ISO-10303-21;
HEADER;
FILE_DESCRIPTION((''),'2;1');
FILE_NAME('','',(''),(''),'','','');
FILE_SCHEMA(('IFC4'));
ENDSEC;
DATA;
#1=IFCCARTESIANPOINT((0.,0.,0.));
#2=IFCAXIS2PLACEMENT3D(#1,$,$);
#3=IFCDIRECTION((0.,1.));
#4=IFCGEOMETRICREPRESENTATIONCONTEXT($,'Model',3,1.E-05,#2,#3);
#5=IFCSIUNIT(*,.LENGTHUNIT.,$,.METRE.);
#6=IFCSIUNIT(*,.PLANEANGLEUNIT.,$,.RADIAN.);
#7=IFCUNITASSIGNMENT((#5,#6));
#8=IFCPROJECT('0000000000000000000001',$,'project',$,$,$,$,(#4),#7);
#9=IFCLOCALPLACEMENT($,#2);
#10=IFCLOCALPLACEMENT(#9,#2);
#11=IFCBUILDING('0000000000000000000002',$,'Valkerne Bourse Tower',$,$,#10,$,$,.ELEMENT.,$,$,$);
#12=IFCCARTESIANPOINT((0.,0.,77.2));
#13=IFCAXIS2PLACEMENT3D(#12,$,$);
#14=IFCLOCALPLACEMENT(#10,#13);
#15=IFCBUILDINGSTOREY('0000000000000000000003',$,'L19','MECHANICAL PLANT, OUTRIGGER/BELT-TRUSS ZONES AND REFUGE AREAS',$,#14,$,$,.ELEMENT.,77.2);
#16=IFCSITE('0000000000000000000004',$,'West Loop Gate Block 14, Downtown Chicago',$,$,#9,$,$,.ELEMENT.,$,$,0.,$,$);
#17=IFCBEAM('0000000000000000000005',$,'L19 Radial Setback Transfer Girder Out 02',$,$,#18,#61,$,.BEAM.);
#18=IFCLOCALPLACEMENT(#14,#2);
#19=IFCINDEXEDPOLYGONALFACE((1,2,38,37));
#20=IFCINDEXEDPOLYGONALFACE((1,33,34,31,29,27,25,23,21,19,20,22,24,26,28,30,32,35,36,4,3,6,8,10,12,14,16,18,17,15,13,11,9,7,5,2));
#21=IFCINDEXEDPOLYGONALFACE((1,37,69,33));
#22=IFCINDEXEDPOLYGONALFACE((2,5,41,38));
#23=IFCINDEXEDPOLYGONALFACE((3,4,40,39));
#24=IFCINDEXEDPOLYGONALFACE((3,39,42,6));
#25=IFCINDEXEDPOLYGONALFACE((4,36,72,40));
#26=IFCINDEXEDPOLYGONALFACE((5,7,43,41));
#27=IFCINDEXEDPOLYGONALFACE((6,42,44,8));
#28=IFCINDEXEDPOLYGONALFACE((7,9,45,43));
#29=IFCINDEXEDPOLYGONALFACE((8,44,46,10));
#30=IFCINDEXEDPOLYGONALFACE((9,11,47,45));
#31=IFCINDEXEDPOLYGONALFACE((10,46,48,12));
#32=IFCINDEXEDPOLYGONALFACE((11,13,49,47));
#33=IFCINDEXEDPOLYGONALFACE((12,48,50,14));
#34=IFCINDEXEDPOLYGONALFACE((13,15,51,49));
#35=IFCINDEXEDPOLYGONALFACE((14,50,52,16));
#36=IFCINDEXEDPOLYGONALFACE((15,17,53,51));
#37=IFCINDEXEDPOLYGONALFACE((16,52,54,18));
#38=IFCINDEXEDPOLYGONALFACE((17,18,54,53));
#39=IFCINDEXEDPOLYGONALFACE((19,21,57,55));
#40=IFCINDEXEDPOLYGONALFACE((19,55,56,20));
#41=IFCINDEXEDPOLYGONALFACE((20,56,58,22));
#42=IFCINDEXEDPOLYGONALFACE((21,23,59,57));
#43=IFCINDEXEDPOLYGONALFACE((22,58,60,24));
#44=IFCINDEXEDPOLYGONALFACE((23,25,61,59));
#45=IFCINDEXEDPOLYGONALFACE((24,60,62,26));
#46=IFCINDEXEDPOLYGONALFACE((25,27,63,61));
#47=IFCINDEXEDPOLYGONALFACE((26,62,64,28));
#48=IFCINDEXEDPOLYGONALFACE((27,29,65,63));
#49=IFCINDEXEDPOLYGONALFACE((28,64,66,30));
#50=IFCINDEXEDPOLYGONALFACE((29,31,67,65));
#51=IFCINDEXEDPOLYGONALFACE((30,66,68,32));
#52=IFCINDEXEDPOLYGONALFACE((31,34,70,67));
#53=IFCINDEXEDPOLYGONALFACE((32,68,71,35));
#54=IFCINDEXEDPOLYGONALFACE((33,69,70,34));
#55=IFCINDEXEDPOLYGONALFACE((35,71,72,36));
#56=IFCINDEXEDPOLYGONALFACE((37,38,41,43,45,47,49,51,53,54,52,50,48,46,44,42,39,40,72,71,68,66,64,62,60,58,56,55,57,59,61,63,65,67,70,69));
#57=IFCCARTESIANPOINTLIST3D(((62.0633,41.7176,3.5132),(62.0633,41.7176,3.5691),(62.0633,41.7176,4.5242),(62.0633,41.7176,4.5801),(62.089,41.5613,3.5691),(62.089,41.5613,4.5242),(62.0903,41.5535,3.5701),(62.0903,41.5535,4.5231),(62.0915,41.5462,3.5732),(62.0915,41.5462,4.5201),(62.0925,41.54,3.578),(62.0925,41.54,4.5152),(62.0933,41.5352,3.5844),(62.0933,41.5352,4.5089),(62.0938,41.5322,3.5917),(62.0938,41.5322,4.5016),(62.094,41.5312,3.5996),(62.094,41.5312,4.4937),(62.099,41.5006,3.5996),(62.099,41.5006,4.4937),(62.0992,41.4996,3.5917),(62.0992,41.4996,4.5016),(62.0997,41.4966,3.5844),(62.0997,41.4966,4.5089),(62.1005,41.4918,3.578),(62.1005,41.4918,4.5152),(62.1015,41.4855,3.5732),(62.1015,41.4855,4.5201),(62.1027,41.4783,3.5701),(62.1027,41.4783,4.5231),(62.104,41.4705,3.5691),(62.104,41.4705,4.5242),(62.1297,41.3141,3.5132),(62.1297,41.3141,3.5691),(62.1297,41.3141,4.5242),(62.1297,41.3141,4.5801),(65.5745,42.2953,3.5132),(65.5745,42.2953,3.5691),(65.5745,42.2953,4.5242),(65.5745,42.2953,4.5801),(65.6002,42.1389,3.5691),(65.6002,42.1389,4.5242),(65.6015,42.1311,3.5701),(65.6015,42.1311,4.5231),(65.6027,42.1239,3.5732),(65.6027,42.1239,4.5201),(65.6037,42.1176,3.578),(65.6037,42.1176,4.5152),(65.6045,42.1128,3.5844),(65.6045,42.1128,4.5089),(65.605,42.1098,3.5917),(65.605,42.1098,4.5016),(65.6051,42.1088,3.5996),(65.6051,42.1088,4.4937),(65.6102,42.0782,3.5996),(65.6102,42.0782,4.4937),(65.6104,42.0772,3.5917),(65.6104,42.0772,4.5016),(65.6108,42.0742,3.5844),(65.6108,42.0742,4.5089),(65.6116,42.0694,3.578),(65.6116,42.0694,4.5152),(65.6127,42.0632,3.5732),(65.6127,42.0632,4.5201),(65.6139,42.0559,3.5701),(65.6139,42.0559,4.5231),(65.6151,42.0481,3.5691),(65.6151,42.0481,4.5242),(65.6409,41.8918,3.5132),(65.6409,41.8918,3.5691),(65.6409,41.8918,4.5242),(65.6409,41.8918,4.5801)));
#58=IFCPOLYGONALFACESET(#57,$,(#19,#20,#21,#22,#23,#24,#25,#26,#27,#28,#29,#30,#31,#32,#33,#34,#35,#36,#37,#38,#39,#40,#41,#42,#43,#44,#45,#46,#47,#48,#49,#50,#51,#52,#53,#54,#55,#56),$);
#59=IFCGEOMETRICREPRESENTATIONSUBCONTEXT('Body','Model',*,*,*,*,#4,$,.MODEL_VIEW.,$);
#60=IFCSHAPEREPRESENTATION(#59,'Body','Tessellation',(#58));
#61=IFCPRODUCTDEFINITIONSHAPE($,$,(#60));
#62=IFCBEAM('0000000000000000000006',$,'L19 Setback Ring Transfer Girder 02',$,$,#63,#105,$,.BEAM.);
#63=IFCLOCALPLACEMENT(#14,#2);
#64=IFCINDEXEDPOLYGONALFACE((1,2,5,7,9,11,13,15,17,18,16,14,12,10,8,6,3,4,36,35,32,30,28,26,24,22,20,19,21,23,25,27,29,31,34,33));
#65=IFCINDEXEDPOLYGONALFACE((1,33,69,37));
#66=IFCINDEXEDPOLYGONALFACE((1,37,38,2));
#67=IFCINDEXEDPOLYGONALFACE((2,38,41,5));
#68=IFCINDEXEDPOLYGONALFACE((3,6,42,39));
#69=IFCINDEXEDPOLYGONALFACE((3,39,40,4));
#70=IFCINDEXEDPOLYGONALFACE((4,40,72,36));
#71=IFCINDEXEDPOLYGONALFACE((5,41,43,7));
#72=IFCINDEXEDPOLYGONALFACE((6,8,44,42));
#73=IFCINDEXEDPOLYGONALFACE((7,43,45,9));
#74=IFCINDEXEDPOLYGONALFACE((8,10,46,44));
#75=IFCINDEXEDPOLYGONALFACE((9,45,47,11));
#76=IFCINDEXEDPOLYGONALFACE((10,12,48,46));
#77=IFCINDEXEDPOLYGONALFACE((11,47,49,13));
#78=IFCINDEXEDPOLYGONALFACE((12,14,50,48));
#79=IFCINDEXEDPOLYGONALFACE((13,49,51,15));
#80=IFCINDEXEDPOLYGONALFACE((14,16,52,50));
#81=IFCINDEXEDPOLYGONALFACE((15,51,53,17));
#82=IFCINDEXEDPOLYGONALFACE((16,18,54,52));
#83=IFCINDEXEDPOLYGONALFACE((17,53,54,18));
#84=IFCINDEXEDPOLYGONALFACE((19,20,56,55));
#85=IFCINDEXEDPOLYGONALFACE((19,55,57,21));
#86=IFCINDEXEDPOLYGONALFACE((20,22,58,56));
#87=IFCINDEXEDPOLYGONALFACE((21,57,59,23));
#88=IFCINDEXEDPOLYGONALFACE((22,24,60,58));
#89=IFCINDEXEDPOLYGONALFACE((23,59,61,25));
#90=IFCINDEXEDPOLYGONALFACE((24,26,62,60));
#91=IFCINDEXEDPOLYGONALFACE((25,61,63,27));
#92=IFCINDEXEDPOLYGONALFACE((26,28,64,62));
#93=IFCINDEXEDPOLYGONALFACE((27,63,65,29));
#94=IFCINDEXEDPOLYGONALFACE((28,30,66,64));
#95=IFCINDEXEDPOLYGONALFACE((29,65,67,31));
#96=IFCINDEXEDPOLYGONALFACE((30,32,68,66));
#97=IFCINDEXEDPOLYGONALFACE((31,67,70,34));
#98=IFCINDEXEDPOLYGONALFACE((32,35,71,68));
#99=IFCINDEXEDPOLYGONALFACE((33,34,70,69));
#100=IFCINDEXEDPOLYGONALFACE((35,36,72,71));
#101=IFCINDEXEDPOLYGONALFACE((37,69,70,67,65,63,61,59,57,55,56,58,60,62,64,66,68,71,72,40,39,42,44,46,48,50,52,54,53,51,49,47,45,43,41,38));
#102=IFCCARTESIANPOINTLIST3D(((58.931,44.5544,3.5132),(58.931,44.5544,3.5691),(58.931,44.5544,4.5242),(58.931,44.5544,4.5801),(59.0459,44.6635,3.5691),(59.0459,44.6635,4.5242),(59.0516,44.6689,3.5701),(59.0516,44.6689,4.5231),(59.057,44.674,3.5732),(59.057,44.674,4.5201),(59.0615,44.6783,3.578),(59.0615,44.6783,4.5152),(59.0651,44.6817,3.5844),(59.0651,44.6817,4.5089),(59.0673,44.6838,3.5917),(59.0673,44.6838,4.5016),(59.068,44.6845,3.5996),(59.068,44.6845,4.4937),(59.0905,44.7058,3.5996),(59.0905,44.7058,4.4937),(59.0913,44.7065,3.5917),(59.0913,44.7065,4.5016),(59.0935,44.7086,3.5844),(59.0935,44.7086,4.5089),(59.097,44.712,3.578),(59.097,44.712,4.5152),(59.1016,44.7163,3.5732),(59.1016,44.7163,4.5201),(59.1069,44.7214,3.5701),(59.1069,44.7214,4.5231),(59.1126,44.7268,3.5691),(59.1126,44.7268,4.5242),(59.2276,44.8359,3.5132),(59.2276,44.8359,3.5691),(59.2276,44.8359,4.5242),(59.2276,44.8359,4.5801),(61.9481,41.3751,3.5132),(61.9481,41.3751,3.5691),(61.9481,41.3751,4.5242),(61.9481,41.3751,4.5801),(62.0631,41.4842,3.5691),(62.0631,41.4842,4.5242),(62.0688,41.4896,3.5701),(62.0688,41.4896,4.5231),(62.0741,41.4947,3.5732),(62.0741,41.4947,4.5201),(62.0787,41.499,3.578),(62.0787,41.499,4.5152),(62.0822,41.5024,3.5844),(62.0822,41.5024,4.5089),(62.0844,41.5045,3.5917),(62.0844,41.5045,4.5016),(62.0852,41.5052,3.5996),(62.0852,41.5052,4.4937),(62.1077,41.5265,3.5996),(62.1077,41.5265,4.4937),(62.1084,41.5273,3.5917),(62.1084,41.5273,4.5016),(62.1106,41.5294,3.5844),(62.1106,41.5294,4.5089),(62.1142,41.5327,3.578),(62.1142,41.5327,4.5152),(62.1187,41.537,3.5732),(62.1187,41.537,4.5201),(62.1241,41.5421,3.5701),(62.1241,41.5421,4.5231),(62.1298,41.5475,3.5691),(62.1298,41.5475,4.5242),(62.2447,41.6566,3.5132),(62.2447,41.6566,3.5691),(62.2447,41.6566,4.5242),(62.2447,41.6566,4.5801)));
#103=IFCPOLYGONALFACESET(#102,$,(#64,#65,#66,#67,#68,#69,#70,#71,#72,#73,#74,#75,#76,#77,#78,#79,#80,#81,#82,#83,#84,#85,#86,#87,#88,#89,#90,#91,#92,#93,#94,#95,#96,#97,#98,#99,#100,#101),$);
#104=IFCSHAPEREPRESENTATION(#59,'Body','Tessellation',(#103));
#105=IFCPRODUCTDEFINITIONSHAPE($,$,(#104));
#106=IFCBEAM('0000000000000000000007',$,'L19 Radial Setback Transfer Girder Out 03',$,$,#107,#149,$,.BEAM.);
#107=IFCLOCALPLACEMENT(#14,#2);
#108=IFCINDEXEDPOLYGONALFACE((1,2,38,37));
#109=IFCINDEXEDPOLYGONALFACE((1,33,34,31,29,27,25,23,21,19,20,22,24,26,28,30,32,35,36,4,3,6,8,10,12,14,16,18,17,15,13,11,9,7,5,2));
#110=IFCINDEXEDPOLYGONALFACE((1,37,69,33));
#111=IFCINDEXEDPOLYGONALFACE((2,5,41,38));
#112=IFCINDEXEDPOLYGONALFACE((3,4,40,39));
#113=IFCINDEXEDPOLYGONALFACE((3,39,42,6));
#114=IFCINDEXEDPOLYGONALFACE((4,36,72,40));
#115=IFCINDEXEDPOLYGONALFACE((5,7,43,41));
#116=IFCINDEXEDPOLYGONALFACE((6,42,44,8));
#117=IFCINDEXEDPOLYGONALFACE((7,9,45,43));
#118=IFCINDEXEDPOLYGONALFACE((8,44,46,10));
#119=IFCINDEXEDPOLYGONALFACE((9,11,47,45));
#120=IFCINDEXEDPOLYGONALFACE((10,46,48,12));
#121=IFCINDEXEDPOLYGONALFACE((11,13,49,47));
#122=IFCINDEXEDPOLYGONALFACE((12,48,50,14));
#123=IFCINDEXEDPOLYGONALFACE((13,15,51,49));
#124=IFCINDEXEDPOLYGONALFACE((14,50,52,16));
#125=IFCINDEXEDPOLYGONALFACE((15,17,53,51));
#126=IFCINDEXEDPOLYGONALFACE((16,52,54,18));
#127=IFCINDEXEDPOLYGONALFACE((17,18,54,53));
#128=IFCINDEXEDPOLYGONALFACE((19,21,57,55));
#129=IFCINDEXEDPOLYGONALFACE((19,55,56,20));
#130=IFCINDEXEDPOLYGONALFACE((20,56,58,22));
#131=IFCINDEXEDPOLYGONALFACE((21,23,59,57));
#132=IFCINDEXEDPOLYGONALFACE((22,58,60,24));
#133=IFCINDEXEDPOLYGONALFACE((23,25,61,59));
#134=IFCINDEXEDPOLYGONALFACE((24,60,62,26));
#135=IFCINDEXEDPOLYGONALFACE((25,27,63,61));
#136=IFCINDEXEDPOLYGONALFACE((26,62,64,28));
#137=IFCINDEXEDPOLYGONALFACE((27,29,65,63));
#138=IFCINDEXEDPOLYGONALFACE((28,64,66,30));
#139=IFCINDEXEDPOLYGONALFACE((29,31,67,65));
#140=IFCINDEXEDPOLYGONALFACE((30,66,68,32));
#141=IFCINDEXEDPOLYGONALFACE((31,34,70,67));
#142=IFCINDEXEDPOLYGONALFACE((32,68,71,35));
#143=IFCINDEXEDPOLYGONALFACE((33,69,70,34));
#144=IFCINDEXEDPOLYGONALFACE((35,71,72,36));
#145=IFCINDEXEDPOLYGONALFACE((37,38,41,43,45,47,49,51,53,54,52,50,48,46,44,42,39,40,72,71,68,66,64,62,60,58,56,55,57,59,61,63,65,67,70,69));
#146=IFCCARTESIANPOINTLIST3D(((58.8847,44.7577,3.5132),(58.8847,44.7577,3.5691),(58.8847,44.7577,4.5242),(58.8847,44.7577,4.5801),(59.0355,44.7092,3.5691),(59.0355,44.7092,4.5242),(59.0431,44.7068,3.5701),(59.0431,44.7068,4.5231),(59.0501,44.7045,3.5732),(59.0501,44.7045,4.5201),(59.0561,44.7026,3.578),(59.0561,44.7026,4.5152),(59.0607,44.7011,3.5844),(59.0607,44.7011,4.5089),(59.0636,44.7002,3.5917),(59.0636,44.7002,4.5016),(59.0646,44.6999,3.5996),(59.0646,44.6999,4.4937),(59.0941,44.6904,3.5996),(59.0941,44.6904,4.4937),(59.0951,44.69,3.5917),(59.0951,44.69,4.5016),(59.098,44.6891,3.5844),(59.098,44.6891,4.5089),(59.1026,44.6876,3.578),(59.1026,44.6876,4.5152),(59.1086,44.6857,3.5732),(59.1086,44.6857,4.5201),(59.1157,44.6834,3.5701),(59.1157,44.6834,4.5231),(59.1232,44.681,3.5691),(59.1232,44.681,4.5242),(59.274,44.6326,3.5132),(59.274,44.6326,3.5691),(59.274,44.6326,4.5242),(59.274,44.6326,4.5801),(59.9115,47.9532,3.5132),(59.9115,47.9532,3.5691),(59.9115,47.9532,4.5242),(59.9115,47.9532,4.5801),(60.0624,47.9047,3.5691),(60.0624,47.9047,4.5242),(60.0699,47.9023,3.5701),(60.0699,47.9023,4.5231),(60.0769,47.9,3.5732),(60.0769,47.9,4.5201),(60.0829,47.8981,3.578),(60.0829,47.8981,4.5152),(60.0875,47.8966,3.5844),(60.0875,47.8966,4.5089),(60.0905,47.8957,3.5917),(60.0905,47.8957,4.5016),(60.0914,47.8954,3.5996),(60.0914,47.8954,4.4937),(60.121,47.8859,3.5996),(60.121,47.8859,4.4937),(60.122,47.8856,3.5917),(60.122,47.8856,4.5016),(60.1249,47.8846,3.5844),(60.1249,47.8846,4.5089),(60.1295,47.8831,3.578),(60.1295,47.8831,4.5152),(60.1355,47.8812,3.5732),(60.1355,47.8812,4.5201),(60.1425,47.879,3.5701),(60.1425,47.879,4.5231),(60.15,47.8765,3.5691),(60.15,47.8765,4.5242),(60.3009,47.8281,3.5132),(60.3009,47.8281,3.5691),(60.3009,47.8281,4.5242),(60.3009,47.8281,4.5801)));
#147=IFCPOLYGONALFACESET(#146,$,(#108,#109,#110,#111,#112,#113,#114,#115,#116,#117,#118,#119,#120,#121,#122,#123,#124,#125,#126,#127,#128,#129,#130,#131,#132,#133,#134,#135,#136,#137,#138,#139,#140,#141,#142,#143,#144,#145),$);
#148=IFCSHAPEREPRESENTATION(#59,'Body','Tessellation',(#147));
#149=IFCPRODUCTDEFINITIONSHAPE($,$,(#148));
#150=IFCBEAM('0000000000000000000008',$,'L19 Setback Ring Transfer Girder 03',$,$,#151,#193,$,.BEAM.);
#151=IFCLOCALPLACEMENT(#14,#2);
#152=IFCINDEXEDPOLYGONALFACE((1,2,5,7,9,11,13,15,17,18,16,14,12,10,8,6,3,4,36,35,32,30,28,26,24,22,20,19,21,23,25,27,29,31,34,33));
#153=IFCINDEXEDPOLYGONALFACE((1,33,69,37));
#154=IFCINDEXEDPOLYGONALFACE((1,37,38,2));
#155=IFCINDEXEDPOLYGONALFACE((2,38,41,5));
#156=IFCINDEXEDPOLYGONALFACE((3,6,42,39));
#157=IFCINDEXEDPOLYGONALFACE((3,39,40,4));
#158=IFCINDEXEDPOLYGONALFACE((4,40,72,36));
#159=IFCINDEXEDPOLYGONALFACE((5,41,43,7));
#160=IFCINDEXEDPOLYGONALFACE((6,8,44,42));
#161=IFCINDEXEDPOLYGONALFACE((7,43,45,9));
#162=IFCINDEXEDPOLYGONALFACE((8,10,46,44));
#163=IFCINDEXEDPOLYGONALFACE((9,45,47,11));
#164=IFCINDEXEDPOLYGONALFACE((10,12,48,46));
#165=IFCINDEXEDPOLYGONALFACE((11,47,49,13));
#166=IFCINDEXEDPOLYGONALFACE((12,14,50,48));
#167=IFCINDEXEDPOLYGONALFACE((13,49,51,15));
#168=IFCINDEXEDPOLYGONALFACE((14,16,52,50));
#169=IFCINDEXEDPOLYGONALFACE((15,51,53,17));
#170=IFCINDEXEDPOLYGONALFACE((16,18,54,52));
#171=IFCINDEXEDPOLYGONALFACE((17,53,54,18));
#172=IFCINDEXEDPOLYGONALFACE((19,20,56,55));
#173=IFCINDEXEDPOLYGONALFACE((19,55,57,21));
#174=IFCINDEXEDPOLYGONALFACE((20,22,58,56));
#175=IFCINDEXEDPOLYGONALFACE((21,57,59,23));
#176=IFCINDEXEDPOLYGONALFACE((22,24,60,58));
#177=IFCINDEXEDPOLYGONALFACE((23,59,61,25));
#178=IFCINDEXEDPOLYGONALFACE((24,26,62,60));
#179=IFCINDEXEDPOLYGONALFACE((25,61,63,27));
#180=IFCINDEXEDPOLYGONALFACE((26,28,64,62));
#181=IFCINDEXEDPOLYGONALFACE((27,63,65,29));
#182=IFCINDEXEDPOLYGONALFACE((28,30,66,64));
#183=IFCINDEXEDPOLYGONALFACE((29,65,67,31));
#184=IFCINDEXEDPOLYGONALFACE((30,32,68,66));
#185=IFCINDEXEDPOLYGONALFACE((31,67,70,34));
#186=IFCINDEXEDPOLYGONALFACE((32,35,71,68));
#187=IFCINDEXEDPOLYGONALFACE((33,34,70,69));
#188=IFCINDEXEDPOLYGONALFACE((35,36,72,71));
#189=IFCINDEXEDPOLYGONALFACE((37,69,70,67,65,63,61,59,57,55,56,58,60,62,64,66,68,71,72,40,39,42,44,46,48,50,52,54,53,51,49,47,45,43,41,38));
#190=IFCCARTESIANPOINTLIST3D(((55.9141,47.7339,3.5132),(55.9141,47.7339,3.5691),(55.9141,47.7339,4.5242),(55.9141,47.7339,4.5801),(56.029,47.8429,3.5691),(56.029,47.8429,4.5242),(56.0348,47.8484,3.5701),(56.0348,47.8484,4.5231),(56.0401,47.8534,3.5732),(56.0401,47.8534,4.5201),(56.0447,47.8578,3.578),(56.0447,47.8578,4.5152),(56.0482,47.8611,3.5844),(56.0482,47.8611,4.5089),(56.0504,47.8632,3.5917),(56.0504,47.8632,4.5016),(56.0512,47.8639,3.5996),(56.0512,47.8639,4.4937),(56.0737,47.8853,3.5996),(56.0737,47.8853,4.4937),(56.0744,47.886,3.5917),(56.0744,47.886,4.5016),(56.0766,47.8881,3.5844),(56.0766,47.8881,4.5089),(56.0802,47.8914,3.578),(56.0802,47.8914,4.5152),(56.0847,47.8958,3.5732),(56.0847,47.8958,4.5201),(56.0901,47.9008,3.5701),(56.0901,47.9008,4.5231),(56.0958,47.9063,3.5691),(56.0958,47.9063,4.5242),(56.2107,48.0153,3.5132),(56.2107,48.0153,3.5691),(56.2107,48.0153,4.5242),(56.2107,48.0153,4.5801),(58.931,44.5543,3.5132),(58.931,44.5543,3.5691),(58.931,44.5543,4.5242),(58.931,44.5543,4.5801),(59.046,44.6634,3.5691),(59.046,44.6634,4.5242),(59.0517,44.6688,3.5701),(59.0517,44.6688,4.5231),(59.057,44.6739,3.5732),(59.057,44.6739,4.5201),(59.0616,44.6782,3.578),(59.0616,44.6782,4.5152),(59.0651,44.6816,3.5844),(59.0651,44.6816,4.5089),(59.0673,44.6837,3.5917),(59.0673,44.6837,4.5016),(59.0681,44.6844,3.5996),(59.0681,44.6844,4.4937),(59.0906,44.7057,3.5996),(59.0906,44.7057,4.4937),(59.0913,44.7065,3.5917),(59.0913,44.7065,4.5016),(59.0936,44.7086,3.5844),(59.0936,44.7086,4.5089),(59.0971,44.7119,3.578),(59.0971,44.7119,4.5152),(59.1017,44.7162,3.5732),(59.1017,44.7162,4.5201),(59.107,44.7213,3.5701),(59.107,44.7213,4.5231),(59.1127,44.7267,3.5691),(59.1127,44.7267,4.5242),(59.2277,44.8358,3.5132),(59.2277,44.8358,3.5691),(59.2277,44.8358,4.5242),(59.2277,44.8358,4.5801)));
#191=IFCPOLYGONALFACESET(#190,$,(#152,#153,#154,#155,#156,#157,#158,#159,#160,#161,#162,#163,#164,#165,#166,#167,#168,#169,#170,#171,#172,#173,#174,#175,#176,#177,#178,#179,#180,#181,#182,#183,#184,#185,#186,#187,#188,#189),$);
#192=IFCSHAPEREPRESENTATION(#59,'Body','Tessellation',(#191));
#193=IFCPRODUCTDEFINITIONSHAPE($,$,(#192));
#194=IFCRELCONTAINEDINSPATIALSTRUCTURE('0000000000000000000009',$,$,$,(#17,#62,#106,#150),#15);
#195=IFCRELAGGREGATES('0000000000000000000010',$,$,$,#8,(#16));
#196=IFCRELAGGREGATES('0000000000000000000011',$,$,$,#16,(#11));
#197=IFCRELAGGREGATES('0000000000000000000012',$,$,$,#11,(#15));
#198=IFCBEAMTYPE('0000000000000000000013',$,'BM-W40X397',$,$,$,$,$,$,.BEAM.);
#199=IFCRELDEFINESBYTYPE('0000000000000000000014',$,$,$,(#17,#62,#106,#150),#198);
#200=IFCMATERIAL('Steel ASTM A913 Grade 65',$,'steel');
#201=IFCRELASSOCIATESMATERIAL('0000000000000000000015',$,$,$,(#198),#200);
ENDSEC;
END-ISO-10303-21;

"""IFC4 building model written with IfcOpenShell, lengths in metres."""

from ifc_helpers import new_model, si_unit, direction, frame, origin, origin_2d, place, context, subcontext, project, spatial, i_section, extrude, material, material_profile, profile_set, type_object, element, save


model = new_model("IFC4")

# Units and contexts
model_context = context("Model", 3, precision=1e-05, world=origin(), true_north=direction((0.0, 1.0)))
body_context = subcontext(model_context, "Body", "Model", "MODEL_VIEW")
ifc_project = project(units=[si_unit("LENGTHUNIT", "METRE"), si_unit("PLANEANGLEUNIT", "RADIAN")], contexts=[model_context])

# Site, building, storey
site_placement = place(None, origin())
site = spatial("IfcSite", under=ifc_project, at=site_placement, Name="West Loop Gate Block 14, Downtown Chicago", CompositionType="ELEMENT", RefElevation=0.0)
building_placement = place(site_placement, origin())
building = spatial("IfcBuilding", under=site, at=building_placement, Name="Valkerne Bourse Tower", CompositionType="ELEMENT")
storey_placement = place(building_placement, frame((0.0, 0.0, 77.2)))
storey = spatial("IfcBuildingStorey", under=building, at=storey_placement, Name="L19", Description="MECHANICAL PLANT, OUTRIGGER/BELT-TRUSS ZONES AND REFUGE AREAS", CompositionType="ELEMENT", Elevation=77.2)

# Shared definitions
ifc_material_1 = material(Name="Steel ASTM A913 Grade 65", Category="steel")

# Beams
ifc_material_profile_1 = material_profile(ifc_material_1, i_section(OverallWidth=0.4089, OverallDepth=1.0669, WebThickness=0.031, FlangeThickness=0.0559, FilletRadius=0.0305, at=origin_2d()), Name="W40X397")
ifc_profile_set_1 = profile_set([ifc_material_profile_1], Name="Steel ASTM A913 Grade 65")
beam_type_1 = type_object("IfcBeamType", Name="BM-W40X397", PredefinedType="BEAM", material=ifc_profile_set_1)
beam_1_placement = place(storey_placement, frame((65.6077, 42.0935, 4.0466), z_axis=(-0.986737, -0.162329, 0.0), x_axis=(0.162329, -0.986737, 0.0)))
element("IfcBeam", 1, at=beam_1_placement, inside=storey, type_object=beam_type_1, Name="L19 Radial Setback Transfer Girder Out 02", PredefinedType="BEAM", context=body_context, shape_type="SweptSolid", body=[
    extrude(i_section(OverallWidth=0.4089, OverallDepth=1.0669, WebThickness=0.031, FlangeThickness=0.0559, FilletRadius=0.0305, at=origin_2d()), origin(), (0.0, 0.0, 1.0), 3.5583),
])
beam_2_placement = place(storey_placement, frame((62.0964, 41.5159, 4.0466), z_axis=(-0.688372, 0.725358, 0.0), x_axis=(-0.725358, -0.688372, 0.0)))
element("IfcBeam", 2, at=beam_2_placement, inside=storey, type_object=beam_type_1, Name="L19 Setback Ring Transfer Girder 02", PredefinedType="BEAM", context=body_context, shape_type="SweptSolid", body=[
    extrude(i_section(OverallWidth=0.4089, OverallDepth=1.0669, WebThickness=0.031, FlangeThickness=0.0559, FilletRadius=0.0305, at=origin_2d()), origin(), (0.0, 0.0, 1.0), 4.3831),
])
beam_3_placement = place(storey_placement, frame((60.1062, 47.8906, 4.0466), z_axis=(-0.305931, -0.952054, 0.0), x_axis=(0.952054, -0.305931, 0.0)))
element("IfcBeam", 3, at=beam_3_placement, inside=storey, type_object=beam_type_1, Name="L19 Radial Setback Transfer Girder Out 03", PredefinedType="BEAM", context=body_context, shape_type="SweptSolid", body=[
    extrude(i_section(OverallWidth=0.4089, OverallDepth=1.0669, WebThickness=0.031, FlangeThickness=0.0559, FilletRadius=0.0305, at=origin_2d()), origin(), (0.0, 0.0, 1.0), 3.3564),
])
beam_4_placement = place(storey_placement, frame((59.0793, 44.6951, 4.0466), z_axis=(-0.688315, 0.725412, 0.0), x_axis=(-0.725412, -0.688315, 0.0)))
element("IfcBeam", 4, at=beam_4_placement, inside=storey, type_object=beam_type_1, Name="L19 Setback Ring Transfer Girder 03", PredefinedType="BEAM", context=body_context, shape_type="SweptSolid", body=[
    extrude(i_section(OverallWidth=0.4089, OverallDepth=1.0669, WebThickness=0.031, FlangeThickness=0.0559, FilletRadius=0.0305, at=origin_2d()), origin(), (0.0, 0.0, 1.0), 4.3831),
])

save(model, "model.ifc")
